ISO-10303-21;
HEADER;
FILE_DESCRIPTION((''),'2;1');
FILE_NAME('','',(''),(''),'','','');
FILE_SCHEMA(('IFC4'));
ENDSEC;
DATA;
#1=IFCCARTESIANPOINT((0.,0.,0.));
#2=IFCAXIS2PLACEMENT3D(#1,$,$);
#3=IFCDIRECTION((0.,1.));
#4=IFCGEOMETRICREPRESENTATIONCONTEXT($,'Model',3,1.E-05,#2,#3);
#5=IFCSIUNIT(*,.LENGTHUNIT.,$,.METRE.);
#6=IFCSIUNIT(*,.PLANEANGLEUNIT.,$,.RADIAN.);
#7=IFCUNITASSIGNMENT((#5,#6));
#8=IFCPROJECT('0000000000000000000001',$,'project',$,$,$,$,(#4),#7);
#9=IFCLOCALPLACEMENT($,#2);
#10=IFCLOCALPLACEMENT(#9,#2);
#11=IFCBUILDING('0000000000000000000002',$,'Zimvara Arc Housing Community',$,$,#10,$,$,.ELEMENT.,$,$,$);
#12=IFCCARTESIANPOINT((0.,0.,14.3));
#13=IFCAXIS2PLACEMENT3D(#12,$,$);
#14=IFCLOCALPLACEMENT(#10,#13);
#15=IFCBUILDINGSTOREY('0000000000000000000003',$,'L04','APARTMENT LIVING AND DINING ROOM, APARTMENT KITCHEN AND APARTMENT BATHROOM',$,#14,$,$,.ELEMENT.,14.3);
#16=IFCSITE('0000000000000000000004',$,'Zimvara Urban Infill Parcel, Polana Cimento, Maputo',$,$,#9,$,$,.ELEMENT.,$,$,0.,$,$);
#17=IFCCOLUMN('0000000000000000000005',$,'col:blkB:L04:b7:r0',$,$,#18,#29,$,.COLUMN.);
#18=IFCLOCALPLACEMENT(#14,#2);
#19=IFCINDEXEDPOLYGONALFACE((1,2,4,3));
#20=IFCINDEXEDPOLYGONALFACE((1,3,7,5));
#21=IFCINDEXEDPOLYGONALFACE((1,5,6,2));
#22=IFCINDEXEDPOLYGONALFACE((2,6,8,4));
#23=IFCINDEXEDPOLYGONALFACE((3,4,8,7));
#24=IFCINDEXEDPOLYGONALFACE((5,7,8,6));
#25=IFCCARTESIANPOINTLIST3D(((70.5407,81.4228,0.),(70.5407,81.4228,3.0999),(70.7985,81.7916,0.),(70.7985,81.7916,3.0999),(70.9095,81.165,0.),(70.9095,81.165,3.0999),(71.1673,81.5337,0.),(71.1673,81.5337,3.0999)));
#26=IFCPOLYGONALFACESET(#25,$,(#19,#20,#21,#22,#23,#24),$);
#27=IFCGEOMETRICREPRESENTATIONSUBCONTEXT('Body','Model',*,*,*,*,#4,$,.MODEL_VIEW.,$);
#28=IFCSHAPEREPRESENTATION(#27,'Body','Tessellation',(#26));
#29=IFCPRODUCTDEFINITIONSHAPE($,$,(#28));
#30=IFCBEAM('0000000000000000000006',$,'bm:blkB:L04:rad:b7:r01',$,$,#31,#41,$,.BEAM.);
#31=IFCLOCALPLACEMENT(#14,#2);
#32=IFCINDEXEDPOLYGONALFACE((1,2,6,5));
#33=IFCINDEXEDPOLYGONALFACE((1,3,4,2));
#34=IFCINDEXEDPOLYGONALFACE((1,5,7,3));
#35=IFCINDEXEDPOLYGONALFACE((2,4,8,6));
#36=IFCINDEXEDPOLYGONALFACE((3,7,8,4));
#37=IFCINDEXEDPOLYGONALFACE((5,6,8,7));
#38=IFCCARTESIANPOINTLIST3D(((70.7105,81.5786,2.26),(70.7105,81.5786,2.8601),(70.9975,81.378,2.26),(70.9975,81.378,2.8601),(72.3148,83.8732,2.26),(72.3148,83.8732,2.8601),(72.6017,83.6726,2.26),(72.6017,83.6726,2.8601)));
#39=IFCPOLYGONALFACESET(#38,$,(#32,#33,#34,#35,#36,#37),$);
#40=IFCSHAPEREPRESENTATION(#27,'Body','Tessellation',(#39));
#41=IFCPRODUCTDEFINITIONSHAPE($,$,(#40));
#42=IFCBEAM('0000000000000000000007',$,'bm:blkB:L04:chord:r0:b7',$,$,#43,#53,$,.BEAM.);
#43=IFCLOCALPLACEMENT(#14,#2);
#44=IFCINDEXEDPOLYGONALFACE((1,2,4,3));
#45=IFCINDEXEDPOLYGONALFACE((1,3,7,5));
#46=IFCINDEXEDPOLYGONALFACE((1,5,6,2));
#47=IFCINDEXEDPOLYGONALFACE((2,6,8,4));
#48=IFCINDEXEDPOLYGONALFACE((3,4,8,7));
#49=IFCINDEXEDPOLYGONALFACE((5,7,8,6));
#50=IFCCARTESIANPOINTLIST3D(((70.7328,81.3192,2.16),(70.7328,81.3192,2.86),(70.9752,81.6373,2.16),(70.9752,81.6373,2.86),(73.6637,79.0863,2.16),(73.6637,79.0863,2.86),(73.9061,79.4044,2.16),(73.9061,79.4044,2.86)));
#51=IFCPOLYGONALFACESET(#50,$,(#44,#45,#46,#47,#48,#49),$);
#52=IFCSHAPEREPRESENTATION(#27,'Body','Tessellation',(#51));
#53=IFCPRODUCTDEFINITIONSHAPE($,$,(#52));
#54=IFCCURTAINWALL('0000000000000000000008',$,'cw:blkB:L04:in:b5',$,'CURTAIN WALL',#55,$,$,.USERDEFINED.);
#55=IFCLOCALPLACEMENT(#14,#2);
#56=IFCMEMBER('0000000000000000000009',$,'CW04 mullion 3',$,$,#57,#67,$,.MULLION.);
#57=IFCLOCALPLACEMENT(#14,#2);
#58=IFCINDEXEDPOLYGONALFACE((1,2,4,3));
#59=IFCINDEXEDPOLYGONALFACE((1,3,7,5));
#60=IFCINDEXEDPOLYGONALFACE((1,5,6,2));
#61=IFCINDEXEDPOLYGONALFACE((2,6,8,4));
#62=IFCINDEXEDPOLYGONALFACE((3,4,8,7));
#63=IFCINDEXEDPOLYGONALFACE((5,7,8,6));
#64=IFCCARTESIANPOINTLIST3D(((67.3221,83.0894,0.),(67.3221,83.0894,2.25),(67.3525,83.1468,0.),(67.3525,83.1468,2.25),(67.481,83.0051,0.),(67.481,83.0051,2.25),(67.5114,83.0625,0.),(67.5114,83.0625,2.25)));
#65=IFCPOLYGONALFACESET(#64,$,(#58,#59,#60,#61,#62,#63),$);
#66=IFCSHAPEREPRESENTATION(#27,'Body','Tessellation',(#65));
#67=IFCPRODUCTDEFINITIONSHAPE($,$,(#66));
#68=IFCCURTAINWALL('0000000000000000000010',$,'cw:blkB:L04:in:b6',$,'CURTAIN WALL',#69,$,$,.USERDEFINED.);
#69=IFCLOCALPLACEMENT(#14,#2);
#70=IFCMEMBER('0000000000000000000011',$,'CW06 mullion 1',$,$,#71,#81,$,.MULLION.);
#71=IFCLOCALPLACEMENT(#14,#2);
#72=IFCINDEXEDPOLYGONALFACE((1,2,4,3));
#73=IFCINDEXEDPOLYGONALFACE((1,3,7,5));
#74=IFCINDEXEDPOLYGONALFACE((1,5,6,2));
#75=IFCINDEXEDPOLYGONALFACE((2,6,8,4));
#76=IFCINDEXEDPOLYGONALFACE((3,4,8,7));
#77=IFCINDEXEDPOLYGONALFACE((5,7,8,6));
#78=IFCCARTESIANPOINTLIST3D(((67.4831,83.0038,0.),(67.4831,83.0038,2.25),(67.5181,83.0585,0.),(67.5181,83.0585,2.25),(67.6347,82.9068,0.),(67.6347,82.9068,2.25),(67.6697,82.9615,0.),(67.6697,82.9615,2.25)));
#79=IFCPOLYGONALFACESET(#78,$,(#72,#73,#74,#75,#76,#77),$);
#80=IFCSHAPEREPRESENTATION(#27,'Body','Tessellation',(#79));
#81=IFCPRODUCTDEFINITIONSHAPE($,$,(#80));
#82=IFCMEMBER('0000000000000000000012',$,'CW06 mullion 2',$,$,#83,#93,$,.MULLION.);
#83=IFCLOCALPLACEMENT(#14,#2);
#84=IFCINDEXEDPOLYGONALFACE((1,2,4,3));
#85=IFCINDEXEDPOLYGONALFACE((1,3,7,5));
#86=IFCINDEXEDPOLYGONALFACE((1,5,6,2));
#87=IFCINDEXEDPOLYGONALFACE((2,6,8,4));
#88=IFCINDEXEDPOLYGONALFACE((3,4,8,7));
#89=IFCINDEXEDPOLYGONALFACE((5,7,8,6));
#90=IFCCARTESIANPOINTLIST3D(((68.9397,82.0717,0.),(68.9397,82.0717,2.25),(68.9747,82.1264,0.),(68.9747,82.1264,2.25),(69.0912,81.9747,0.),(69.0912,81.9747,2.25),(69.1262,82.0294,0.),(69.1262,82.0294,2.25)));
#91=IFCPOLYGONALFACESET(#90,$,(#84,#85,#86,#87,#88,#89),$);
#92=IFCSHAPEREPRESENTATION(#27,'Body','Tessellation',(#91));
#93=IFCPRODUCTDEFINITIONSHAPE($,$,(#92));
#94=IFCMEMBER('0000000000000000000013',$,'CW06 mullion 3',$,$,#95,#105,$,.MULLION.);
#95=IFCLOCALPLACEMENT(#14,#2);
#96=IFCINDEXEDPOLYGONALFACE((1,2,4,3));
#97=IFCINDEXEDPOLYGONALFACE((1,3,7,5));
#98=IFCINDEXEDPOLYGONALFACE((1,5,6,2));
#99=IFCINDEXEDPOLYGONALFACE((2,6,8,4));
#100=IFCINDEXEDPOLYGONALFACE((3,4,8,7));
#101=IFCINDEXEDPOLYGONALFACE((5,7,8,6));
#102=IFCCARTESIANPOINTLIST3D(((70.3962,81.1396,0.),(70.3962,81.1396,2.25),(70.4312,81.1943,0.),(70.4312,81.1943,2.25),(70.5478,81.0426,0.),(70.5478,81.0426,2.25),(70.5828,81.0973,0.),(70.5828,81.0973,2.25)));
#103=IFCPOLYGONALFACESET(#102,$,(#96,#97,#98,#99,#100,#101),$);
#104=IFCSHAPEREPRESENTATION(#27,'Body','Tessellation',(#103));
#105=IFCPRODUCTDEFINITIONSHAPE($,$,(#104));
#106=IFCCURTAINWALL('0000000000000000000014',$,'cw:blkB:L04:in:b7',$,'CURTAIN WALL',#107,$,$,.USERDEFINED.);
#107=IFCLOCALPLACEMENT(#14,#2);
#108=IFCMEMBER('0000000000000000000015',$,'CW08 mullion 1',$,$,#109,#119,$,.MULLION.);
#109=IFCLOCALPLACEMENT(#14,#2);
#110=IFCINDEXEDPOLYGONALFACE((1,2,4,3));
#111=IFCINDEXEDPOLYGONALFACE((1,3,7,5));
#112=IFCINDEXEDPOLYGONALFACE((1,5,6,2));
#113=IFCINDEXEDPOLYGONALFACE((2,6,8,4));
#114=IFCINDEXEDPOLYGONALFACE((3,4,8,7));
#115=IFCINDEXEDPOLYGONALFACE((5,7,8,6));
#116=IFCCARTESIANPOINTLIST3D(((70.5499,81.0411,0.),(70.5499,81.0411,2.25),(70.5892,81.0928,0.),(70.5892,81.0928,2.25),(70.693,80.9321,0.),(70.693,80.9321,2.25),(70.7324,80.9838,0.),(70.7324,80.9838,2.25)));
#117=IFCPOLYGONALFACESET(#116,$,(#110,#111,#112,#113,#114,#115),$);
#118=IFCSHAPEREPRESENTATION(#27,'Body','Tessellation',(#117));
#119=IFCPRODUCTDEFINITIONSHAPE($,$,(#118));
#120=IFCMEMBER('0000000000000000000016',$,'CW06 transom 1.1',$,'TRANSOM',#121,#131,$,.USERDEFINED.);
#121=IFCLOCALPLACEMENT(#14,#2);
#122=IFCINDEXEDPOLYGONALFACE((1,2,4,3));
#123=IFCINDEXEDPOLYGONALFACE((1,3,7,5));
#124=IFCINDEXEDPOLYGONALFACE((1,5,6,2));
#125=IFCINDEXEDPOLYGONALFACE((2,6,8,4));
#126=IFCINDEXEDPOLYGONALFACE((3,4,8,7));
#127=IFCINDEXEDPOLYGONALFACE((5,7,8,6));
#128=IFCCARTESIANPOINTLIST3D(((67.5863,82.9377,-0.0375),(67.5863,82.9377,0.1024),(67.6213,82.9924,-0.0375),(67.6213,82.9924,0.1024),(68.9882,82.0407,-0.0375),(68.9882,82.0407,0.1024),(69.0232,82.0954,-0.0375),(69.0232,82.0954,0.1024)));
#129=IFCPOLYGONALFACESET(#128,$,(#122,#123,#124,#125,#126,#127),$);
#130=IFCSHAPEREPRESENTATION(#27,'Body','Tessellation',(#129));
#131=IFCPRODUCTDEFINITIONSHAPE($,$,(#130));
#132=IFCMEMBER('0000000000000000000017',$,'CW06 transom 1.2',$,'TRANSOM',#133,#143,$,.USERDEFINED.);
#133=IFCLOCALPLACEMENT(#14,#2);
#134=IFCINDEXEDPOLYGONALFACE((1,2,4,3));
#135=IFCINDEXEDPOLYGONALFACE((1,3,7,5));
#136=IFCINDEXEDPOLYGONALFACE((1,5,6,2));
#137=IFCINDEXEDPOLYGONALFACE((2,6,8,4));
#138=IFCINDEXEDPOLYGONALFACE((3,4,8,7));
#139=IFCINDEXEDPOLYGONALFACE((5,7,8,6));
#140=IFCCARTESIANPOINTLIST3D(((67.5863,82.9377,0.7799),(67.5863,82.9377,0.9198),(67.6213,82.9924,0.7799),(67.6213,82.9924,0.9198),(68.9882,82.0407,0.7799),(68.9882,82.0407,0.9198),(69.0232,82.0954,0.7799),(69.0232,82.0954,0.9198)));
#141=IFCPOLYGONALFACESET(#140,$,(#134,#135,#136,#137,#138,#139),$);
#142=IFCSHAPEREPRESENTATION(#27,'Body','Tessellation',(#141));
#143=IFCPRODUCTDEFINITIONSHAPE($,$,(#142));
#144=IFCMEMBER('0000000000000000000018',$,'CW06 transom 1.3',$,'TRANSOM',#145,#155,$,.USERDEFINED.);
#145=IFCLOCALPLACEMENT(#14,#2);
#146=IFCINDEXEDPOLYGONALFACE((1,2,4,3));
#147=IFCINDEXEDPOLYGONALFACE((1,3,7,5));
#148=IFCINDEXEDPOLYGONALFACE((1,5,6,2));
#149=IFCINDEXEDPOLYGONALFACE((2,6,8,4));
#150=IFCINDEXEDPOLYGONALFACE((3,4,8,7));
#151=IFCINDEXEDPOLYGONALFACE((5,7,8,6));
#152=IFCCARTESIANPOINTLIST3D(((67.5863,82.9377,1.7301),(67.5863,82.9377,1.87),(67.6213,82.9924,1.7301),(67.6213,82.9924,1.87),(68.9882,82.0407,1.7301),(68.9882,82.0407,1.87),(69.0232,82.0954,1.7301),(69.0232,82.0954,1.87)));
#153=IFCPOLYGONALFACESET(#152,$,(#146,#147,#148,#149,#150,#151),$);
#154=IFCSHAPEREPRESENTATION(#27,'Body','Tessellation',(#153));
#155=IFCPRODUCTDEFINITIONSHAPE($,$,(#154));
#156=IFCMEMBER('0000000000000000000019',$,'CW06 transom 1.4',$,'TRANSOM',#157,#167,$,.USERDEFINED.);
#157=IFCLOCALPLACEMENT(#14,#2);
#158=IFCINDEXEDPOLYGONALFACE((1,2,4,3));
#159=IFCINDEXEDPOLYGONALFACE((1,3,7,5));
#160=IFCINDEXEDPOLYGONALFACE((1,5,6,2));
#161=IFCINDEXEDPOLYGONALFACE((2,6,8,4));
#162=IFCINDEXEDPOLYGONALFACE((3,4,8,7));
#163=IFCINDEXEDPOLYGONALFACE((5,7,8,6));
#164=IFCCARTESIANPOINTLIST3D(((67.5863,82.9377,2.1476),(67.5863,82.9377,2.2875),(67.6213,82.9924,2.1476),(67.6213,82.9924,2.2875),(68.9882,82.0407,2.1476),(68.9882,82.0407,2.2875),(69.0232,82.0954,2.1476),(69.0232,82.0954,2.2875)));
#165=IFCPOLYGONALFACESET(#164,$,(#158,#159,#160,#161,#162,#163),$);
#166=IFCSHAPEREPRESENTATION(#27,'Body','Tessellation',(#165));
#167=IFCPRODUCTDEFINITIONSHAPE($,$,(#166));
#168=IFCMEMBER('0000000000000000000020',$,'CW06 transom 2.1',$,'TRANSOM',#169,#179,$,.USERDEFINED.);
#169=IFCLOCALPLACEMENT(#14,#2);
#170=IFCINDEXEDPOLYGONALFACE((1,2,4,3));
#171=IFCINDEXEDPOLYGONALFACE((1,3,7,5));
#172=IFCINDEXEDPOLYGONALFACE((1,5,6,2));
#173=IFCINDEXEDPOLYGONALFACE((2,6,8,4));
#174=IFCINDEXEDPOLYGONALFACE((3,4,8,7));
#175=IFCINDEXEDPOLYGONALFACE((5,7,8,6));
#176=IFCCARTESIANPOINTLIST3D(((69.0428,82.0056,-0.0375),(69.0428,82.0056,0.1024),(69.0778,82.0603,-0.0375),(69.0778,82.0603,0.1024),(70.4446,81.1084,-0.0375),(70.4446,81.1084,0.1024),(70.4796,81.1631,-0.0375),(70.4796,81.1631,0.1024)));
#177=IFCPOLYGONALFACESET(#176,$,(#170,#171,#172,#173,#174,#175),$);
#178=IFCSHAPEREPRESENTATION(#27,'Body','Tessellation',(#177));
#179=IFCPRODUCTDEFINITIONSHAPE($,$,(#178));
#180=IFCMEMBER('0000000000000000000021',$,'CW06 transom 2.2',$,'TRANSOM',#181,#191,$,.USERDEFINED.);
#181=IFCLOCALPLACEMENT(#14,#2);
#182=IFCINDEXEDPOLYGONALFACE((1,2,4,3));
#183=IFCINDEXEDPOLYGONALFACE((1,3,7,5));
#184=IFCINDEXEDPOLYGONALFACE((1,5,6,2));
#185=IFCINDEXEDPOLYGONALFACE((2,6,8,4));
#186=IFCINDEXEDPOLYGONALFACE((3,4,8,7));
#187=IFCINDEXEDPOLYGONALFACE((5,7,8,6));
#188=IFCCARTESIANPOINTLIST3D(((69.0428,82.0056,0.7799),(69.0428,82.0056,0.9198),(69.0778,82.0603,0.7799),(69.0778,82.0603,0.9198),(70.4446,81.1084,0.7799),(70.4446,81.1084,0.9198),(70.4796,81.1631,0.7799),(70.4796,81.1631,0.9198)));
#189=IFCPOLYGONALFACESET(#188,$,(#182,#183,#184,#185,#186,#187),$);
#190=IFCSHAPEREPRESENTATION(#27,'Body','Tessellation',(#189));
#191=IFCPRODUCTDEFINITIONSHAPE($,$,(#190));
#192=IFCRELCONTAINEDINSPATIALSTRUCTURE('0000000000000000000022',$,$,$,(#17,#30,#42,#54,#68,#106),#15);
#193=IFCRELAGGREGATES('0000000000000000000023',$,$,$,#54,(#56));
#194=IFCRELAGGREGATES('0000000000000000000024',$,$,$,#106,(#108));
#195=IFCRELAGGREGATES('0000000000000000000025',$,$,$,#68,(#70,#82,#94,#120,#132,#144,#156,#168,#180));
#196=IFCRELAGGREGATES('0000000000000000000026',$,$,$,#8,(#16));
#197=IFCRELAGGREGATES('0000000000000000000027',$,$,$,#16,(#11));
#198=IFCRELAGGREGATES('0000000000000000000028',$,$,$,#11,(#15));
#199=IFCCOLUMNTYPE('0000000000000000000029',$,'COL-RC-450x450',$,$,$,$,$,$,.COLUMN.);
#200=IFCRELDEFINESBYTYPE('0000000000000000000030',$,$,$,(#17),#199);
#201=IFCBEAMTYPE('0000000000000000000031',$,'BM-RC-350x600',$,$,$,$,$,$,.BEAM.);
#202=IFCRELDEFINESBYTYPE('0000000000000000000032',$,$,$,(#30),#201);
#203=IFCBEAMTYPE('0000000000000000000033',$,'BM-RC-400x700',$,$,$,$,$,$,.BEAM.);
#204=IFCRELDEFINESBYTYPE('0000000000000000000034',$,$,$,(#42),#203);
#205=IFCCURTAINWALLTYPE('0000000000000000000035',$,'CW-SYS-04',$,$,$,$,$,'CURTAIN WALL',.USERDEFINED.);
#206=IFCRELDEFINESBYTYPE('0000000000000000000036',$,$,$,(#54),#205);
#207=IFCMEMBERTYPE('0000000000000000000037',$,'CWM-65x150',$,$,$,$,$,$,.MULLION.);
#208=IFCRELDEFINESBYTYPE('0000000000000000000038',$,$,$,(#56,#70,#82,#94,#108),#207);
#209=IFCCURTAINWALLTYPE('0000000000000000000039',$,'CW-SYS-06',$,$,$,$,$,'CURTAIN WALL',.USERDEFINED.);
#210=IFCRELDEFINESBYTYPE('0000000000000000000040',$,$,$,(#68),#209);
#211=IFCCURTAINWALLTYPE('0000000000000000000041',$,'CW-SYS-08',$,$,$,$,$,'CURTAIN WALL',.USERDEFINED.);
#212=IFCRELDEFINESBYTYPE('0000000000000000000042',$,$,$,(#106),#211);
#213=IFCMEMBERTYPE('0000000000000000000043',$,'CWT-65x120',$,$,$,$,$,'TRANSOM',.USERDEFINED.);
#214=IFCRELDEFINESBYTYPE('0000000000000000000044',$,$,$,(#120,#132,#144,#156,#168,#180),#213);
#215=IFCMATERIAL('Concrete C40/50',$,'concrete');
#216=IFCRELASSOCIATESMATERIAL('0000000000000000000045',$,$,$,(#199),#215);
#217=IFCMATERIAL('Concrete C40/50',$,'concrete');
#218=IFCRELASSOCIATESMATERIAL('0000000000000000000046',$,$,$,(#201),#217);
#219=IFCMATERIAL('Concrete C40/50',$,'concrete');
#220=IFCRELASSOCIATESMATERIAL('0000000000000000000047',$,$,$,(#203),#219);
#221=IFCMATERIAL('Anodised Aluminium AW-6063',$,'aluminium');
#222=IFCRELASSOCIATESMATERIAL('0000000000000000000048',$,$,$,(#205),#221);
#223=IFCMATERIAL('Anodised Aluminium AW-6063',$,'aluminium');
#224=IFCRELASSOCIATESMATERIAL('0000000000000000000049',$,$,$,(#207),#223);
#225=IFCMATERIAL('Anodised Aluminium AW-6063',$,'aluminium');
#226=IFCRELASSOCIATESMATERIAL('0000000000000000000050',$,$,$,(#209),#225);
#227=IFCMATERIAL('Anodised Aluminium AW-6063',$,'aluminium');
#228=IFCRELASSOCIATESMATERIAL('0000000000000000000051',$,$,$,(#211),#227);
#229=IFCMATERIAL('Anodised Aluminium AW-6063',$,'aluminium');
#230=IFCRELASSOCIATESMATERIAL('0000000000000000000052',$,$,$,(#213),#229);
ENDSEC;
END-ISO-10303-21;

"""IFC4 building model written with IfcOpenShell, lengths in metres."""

from ifc_helpers import new_model, si_unit, direction, frame, origin, origin_2d, place, context, subcontext, project, spatial, rectangle, extrude, material, material_profile, profile_set, type_object, element, aggregate, save


model = new_model("IFC4")

# Units and contexts
model_context = context("Model", 3, precision=1e-05, world=origin(), true_north=direction((0.0, 1.0)))
body_context = subcontext(model_context, "Body", "Model", "MODEL_VIEW")
ifc_project = project(units=[si_unit("LENGTHUNIT", "METRE"), si_unit("PLANEANGLEUNIT", "RADIAN")], contexts=[model_context])

# Site, building, storey
site_placement = place(None, origin())
site = spatial("IfcSite", under=ifc_project, at=site_placement, Name="Zimvara Urban Infill Parcel, Polana Cimento, Maputo", CompositionType="ELEMENT", RefElevation=0.0)
building_placement = place(site_placement, origin())
building = spatial("IfcBuilding", under=site, at=building_placement, Name="Zimvara Arc Housing Community", CompositionType="ELEMENT")
storey_placement = place(building_placement, frame((0.0, 0.0, 14.3)))
storey = spatial("IfcBuildingStorey", under=building, at=storey_placement, Name="L04", Description="APARTMENT LIVING AND DINING ROOM, APARTMENT KITCHEN AND APARTMENT BATHROOM", CompositionType="ELEMENT", Elevation=14.3)

# Column
ifc_material_1 = material(Name="Concrete C40/50", Category="concrete")
ifc_material_profile_1 = material_profile(ifc_material_1, rectangle(XDim=0.45, YDim=0.45, at=origin_2d()), Name="RC 450x450")
ifc_profile_set_1 = profile_set([ifc_material_profile_1], Name="Concrete C40/50")
column_type = type_object("IfcColumnType", Name="COL-RC-450x450", PredefinedType="COLUMN", material=ifc_profile_set_1)
column_placement = place(storey_placement, frame((70.854, 81.4783, 0.0), z_axis=(0.0, 0.0, 1.0), x_axis=(0.573004, 0.819552, 0.0)))
element("IfcColumn", 1, at=column_placement, inside=storey, type_object=column_type, Name="col:blkB:L04:b7:r0", PredefinedType="COLUMN", context=body_context, shape_type="SweptSolid", body=[
    extrude(rectangle(XDim=0.45, YDim=0.45, at=origin_2d()), origin(), (0.0, 0.0, 1.0), 3.0999),
])

# Beams
ifc_material_2 = material(Name="Concrete C40/50", Category="concrete")
ifc_material_profile_2 = material_profile(ifc_material_2, rectangle(XDim=0.3501, YDim=0.6001, at=origin_2d()), Name="RC 350x600")
ifc_profile_set_2 = profile_set([ifc_material_profile_2], Name="Concrete C40/50")
beam_type_1 = type_object("IfcBeamType", Name="BM-RC-350x600", PredefinedType="BEAM", material=ifc_profile_set_2)
beam_1_placement = place(storey_placement, frame((70.854, 81.4783, 2.5601), z_axis=(0.572977, 0.819572, 0.0), x_axis=(-0.819572, 0.572977, 0.0)))
element("IfcBeam", 2, at=beam_1_placement, inside=storey, type_object=beam_type_1, Name="bm:blkB:L04:rad:b7:r01", PredefinedType="BEAM", context=body_context, shape_type="SweptSolid", body=[
    extrude(rectangle(XDim=0.3501, YDim=0.6001, at=origin_2d()), origin(), (0.0, 0.0, 1.0), 2.7998),
])
ifc_material_3 = material(Name="Concrete C40/50", Category="concrete")
ifc_material_profile_3 = material_profile(ifc_material_3, rectangle(XDim=0.3999, YDim=0.7, at=origin_2d()), Name="RC 400x700")
ifc_profile_set_3 = profile_set([ifc_material_profile_3], Name="Concrete C40/50")
beam_type_2 = type_object("IfcBeamType", Name="BM-RC-400x700", PredefinedType="BEAM", material=ifc_profile_set_3)
beam_2_placement = place(storey_placement, frame((70.854, 81.4783, 2.51), z_axis=(0.795453, -0.606015, 0.0), x_axis=(0.606015, 0.795453, 0.0)))
element("IfcBeam", 3, at=beam_2_placement, inside=storey, type_object=beam_type_2, Name="bm:blkB:L04:chord:r0:b7", PredefinedType="BEAM", context=body_context, shape_type="SweptSolid", body=[
    extrude(rectangle(XDim=0.3999, YDim=0.7, at=origin_2d()), origin(), (0.0, 0.0, 1.0), 3.6846),
])

# Curtain wall, member
ifc_material_4 = material(Name="Anodised Aluminium AW-6063", Category="aluminium")
curtain_wall_type_1 = type_object("IfcCurtainWallType", Name="CW-SYS-04", ElementType="CURTAIN WALL", PredefinedType="USERDEFINED", material=ifc_material_4)
curtain_wall_1_placement = place(storey_placement, origin())
curtain_wall_1 = element("IfcCurtainWall", 4, at=curtain_wall_1_placement, inside=storey, type_object=curtain_wall_type_1, Name="cw:blkB:L04:in:b5", ObjectType="CURTAIN WALL", PredefinedType="USERDEFINED")
ifc_material_5 = material(Name="Anodised Aluminium AW-6063", Category="aluminium")
ifc_material_profile_4 = material_profile(ifc_material_5, rectangle(XDim=0.0649, YDim=0.1799, at=origin_2d()), Name="ALU 65x180")
ifc_profile_set_4 = profile_set([ifc_material_profile_4], Name="Anodised Aluminium AW-6063")
member_type_1 = type_object("IfcMemberType", Name="CWM-65x150", PredefinedType="MULLION", material=ifc_profile_set_4)
member_1_placement = place(storey_placement, frame((67.4167, 83.0759, 0.0), z_axis=(0.0, 0.0, 1.0), x_axis=(0.468545, 0.88344, 0.0)))
member_1 = element("IfcMember", 5, at=member_1_placement, type_object=member_type_1, Name="CW04 mullion 3", PredefinedType="MULLION", context=body_context, shape_type="SweptSolid", body=[
    extrude(rectangle(XDim=0.0649, YDim=0.1799, at=origin_2d()), origin(), (0.0, 0.0, 1.0), 2.25),
])
aggregate(curtain_wall_1, [member_1])

# Curtain wall, members
ifc_material_6 = material(Name="Anodised Aluminium AW-6063", Category="aluminium")
curtain_wall_type_2 = type_object("IfcCurtainWallType", Name="CW-SYS-06", ElementType="CURTAIN WALL", PredefinedType="USERDEFINED", material=ifc_material_6)
curtain_wall_2_placement = place(storey_placement, origin())
curtain_wall_2 = element("IfcCurtainWall", 6, at=curtain_wall_2_placement, inside=storey, type_object=curtain_wall_type_2, Name="cw:blkB:L04:in:b6", ObjectType="CURTAIN WALL", PredefinedType="USERDEFINED")
member_2_placement = place(storey_placement, frame((67.5764, 82.9827, 0.0), z_axis=(0.0, 0.0, 1.0), x_axis=(0.539064, 0.842265, 0.0)))
member_2 = element("IfcMember", 7, at=member_2_placement, type_object=member_type_1, Name="CW06 mullion 1", PredefinedType="MULLION", context=body_context, shape_type="SweptSolid", body=[
    extrude(rectangle(XDim=0.0649, YDim=0.1799, at=origin_2d()), origin(), (0.0, 0.0, 1.0), 2.25),
])
member_3_placement = place(storey_placement, frame((69.033, 82.0505, 0.0), z_axis=(0.0, 0.0, 1.0), x_axis=(0.539064, 0.842265, 0.0)))
member_3 = element("IfcMember", 8, at=member_3_placement, type_object=member_type_1, Name="CW06 mullion 2", PredefinedType="MULLION", context=body_context, shape_type="SweptSolid", body=[
    extrude(rectangle(XDim=0.0649, YDim=0.1799, at=origin_2d()), origin(), (0.0, 0.0, 1.0), 2.25),
])
member_4_placement = place(storey_placement, frame((70.4895, 81.1184, 0.0), z_axis=(0.0, 0.0, 1.0), x_axis=(0.539064, 0.842265, 0.0)))
member_4 = element("IfcMember", 9, at=member_4_placement, type_object=member_type_1, Name="CW06 mullion 3", PredefinedType="MULLION", context=body_context, shape_type="SweptSolid", body=[
    extrude(rectangle(XDim=0.0649, YDim=0.1799, at=origin_2d()), origin(), (0.0, 0.0, 1.0), 2.25),
])

# Curtain wall, member
ifc_material_7 = material(Name="Anodised Aluminium AW-6063", Category="aluminium")
curtain_wall_type_3 = type_object("IfcCurtainWallType", Name="CW-SYS-08", ElementType="CURTAIN WALL", PredefinedType="USERDEFINED", material=ifc_material_7)
curtain_wall_3_placement = place(storey_placement, origin())
curtain_wall_3 = element("IfcCurtainWall", 10, at=curtain_wall_3_placement, inside=storey, type_object=curtain_wall_type_3, Name="cw:blkB:L04:in:b7", ObjectType="CURTAIN WALL", PredefinedType="USERDEFINED")
member_5_placement = place(storey_placement, frame((70.6411, 81.0125, 0.0), z_axis=(0.0, 0.0, 1.0), x_axis=(0.605988, 0.795474, 0.0)))
member_5 = element("IfcMember", 11, at=member_5_placement, type_object=member_type_1, Name="CW08 mullion 1", PredefinedType="MULLION", context=body_context, shape_type="SweptSolid", body=[
    extrude(rectangle(XDim=0.0649, YDim=0.1799, at=origin_2d()), origin(), (0.0, 0.0, 1.0), 2.25),
])

# Members
ifc_material_8 = material(Name="Anodised Aluminium AW-6063", Category="aluminium")
ifc_material_profile_5 = material_profile(ifc_material_8, rectangle(XDim=0.0649, YDim=0.1399, at=origin_2d()), Name="ALU 65x140")
ifc_profile_set_5 = profile_set([ifc_material_profile_5], Name="Anodised Aluminium AW-6063")
member_type_2 = type_object("IfcMemberType", Name="CWT-65x120", ElementType="TRANSOM", PredefinedType="USERDEFINED", material=ifc_profile_set_5)
member_6_placement = place(storey_placement, frame((67.6038, 82.9651, 0.0325), z_axis=(0.84233, -0.538962, 0.0), x_axis=(0.538962, 0.84233, 0.0)))
member_6 = element("IfcMember", 12, at=member_6_placement, type_object=member_type_2, Name="CW06 transom 1.1", ObjectType="TRANSOM", PredefinedType="USERDEFINED", context=body_context, shape_type="SweptSolid", body=[
    extrude(rectangle(XDim=0.0649, YDim=0.1399, at=origin_2d()), origin(), (0.0, 0.0, 1.0), 1.6643),
])
member_7_placement = place(storey_placement, frame((67.6038, 82.9651, 0.8499), z_axis=(0.84233, -0.538962, 0.0), x_axis=(0.538962, 0.84233, 0.0)))
member_7 = element("IfcMember", 13, at=member_7_placement, type_object=member_type_2, Name="CW06 transom 1.2", ObjectType="TRANSOM", PredefinedType="USERDEFINED", context=body_context, shape_type="SweptSolid", body=[
    extrude(rectangle(XDim=0.0649, YDim=0.1399, at=origin_2d()), origin(), (0.0, 0.0, 1.0), 1.6643),
])
member_8_placement = place(storey_placement, frame((67.6038, 82.9651, 1.8), z_axis=(0.84233, -0.538962, 0.0), x_axis=(0.538962, 0.84233, 0.0)))
member_8 = element("IfcMember", 14, at=member_8_placement, type_object=member_type_2, Name="CW06 transom 1.3", ObjectType="TRANSOM", PredefinedType="USERDEFINED", context=body_context, shape_type="SweptSolid", body=[
    extrude(rectangle(XDim=0.0649, YDim=0.1399, at=origin_2d()), origin(), (0.0, 0.0, 1.0), 1.6643),
])
member_9_placement = place(storey_placement, frame((67.6038, 82.9651, 2.2175), z_axis=(0.84233, -0.538962, 0.0), x_axis=(0.538962, 0.84233, 0.0)))
member_9 = element("IfcMember", 15, at=member_9_placement, type_object=member_type_2, Name="CW06 transom 1.4", ObjectType="TRANSOM", PredefinedType="USERDEFINED", context=body_context, shape_type="SweptSolid", body=[
    extrude(rectangle(XDim=0.0649, YDim=0.1399, at=origin_2d()), origin(), (0.0, 0.0, 1.0), 1.6643),
])
member_10_placement = place(storey_placement, frame((69.0603, 82.033, 0.0325), z_axis=(0.842263, -0.539066, 0.0), x_axis=(0.539066, 0.842263, 0.0)))
member_10 = element("IfcMember", 16, at=member_10_placement, type_object=member_type_2, Name="CW06 transom 2.1", ObjectType="TRANSOM", PredefinedType="USERDEFINED", context=body_context, shape_type="SweptSolid", body=[
    extrude(rectangle(XDim=0.0649, YDim=0.1399, at=origin_2d()), origin(), (0.0, 0.0, 1.0), 1.6643),
])
member_11_placement = place(storey_placement, frame((69.0603, 82.033, 0.8499), z_axis=(0.842263, -0.539066, 0.0), x_axis=(0.539066, 0.842263, 0.0)))
member_11 = element("IfcMember", 17, at=member_11_placement, type_object=member_type_2, Name="CW06 transom 2.2", ObjectType="TRANSOM", PredefinedType="USERDEFINED", context=body_context, shape_type="SweptSolid", body=[
    extrude(rectangle(XDim=0.0649, YDim=0.1399, at=origin_2d()), origin(), (0.0, 0.0, 1.0), 1.6643),
])
aggregate(curtain_wall_3, [member_5])

aggregate(curtain_wall_2, [member_2, member_3, member_4, member_6, member_7, member_8, member_9, member_10, member_11])

save(model, "model.ifc")
